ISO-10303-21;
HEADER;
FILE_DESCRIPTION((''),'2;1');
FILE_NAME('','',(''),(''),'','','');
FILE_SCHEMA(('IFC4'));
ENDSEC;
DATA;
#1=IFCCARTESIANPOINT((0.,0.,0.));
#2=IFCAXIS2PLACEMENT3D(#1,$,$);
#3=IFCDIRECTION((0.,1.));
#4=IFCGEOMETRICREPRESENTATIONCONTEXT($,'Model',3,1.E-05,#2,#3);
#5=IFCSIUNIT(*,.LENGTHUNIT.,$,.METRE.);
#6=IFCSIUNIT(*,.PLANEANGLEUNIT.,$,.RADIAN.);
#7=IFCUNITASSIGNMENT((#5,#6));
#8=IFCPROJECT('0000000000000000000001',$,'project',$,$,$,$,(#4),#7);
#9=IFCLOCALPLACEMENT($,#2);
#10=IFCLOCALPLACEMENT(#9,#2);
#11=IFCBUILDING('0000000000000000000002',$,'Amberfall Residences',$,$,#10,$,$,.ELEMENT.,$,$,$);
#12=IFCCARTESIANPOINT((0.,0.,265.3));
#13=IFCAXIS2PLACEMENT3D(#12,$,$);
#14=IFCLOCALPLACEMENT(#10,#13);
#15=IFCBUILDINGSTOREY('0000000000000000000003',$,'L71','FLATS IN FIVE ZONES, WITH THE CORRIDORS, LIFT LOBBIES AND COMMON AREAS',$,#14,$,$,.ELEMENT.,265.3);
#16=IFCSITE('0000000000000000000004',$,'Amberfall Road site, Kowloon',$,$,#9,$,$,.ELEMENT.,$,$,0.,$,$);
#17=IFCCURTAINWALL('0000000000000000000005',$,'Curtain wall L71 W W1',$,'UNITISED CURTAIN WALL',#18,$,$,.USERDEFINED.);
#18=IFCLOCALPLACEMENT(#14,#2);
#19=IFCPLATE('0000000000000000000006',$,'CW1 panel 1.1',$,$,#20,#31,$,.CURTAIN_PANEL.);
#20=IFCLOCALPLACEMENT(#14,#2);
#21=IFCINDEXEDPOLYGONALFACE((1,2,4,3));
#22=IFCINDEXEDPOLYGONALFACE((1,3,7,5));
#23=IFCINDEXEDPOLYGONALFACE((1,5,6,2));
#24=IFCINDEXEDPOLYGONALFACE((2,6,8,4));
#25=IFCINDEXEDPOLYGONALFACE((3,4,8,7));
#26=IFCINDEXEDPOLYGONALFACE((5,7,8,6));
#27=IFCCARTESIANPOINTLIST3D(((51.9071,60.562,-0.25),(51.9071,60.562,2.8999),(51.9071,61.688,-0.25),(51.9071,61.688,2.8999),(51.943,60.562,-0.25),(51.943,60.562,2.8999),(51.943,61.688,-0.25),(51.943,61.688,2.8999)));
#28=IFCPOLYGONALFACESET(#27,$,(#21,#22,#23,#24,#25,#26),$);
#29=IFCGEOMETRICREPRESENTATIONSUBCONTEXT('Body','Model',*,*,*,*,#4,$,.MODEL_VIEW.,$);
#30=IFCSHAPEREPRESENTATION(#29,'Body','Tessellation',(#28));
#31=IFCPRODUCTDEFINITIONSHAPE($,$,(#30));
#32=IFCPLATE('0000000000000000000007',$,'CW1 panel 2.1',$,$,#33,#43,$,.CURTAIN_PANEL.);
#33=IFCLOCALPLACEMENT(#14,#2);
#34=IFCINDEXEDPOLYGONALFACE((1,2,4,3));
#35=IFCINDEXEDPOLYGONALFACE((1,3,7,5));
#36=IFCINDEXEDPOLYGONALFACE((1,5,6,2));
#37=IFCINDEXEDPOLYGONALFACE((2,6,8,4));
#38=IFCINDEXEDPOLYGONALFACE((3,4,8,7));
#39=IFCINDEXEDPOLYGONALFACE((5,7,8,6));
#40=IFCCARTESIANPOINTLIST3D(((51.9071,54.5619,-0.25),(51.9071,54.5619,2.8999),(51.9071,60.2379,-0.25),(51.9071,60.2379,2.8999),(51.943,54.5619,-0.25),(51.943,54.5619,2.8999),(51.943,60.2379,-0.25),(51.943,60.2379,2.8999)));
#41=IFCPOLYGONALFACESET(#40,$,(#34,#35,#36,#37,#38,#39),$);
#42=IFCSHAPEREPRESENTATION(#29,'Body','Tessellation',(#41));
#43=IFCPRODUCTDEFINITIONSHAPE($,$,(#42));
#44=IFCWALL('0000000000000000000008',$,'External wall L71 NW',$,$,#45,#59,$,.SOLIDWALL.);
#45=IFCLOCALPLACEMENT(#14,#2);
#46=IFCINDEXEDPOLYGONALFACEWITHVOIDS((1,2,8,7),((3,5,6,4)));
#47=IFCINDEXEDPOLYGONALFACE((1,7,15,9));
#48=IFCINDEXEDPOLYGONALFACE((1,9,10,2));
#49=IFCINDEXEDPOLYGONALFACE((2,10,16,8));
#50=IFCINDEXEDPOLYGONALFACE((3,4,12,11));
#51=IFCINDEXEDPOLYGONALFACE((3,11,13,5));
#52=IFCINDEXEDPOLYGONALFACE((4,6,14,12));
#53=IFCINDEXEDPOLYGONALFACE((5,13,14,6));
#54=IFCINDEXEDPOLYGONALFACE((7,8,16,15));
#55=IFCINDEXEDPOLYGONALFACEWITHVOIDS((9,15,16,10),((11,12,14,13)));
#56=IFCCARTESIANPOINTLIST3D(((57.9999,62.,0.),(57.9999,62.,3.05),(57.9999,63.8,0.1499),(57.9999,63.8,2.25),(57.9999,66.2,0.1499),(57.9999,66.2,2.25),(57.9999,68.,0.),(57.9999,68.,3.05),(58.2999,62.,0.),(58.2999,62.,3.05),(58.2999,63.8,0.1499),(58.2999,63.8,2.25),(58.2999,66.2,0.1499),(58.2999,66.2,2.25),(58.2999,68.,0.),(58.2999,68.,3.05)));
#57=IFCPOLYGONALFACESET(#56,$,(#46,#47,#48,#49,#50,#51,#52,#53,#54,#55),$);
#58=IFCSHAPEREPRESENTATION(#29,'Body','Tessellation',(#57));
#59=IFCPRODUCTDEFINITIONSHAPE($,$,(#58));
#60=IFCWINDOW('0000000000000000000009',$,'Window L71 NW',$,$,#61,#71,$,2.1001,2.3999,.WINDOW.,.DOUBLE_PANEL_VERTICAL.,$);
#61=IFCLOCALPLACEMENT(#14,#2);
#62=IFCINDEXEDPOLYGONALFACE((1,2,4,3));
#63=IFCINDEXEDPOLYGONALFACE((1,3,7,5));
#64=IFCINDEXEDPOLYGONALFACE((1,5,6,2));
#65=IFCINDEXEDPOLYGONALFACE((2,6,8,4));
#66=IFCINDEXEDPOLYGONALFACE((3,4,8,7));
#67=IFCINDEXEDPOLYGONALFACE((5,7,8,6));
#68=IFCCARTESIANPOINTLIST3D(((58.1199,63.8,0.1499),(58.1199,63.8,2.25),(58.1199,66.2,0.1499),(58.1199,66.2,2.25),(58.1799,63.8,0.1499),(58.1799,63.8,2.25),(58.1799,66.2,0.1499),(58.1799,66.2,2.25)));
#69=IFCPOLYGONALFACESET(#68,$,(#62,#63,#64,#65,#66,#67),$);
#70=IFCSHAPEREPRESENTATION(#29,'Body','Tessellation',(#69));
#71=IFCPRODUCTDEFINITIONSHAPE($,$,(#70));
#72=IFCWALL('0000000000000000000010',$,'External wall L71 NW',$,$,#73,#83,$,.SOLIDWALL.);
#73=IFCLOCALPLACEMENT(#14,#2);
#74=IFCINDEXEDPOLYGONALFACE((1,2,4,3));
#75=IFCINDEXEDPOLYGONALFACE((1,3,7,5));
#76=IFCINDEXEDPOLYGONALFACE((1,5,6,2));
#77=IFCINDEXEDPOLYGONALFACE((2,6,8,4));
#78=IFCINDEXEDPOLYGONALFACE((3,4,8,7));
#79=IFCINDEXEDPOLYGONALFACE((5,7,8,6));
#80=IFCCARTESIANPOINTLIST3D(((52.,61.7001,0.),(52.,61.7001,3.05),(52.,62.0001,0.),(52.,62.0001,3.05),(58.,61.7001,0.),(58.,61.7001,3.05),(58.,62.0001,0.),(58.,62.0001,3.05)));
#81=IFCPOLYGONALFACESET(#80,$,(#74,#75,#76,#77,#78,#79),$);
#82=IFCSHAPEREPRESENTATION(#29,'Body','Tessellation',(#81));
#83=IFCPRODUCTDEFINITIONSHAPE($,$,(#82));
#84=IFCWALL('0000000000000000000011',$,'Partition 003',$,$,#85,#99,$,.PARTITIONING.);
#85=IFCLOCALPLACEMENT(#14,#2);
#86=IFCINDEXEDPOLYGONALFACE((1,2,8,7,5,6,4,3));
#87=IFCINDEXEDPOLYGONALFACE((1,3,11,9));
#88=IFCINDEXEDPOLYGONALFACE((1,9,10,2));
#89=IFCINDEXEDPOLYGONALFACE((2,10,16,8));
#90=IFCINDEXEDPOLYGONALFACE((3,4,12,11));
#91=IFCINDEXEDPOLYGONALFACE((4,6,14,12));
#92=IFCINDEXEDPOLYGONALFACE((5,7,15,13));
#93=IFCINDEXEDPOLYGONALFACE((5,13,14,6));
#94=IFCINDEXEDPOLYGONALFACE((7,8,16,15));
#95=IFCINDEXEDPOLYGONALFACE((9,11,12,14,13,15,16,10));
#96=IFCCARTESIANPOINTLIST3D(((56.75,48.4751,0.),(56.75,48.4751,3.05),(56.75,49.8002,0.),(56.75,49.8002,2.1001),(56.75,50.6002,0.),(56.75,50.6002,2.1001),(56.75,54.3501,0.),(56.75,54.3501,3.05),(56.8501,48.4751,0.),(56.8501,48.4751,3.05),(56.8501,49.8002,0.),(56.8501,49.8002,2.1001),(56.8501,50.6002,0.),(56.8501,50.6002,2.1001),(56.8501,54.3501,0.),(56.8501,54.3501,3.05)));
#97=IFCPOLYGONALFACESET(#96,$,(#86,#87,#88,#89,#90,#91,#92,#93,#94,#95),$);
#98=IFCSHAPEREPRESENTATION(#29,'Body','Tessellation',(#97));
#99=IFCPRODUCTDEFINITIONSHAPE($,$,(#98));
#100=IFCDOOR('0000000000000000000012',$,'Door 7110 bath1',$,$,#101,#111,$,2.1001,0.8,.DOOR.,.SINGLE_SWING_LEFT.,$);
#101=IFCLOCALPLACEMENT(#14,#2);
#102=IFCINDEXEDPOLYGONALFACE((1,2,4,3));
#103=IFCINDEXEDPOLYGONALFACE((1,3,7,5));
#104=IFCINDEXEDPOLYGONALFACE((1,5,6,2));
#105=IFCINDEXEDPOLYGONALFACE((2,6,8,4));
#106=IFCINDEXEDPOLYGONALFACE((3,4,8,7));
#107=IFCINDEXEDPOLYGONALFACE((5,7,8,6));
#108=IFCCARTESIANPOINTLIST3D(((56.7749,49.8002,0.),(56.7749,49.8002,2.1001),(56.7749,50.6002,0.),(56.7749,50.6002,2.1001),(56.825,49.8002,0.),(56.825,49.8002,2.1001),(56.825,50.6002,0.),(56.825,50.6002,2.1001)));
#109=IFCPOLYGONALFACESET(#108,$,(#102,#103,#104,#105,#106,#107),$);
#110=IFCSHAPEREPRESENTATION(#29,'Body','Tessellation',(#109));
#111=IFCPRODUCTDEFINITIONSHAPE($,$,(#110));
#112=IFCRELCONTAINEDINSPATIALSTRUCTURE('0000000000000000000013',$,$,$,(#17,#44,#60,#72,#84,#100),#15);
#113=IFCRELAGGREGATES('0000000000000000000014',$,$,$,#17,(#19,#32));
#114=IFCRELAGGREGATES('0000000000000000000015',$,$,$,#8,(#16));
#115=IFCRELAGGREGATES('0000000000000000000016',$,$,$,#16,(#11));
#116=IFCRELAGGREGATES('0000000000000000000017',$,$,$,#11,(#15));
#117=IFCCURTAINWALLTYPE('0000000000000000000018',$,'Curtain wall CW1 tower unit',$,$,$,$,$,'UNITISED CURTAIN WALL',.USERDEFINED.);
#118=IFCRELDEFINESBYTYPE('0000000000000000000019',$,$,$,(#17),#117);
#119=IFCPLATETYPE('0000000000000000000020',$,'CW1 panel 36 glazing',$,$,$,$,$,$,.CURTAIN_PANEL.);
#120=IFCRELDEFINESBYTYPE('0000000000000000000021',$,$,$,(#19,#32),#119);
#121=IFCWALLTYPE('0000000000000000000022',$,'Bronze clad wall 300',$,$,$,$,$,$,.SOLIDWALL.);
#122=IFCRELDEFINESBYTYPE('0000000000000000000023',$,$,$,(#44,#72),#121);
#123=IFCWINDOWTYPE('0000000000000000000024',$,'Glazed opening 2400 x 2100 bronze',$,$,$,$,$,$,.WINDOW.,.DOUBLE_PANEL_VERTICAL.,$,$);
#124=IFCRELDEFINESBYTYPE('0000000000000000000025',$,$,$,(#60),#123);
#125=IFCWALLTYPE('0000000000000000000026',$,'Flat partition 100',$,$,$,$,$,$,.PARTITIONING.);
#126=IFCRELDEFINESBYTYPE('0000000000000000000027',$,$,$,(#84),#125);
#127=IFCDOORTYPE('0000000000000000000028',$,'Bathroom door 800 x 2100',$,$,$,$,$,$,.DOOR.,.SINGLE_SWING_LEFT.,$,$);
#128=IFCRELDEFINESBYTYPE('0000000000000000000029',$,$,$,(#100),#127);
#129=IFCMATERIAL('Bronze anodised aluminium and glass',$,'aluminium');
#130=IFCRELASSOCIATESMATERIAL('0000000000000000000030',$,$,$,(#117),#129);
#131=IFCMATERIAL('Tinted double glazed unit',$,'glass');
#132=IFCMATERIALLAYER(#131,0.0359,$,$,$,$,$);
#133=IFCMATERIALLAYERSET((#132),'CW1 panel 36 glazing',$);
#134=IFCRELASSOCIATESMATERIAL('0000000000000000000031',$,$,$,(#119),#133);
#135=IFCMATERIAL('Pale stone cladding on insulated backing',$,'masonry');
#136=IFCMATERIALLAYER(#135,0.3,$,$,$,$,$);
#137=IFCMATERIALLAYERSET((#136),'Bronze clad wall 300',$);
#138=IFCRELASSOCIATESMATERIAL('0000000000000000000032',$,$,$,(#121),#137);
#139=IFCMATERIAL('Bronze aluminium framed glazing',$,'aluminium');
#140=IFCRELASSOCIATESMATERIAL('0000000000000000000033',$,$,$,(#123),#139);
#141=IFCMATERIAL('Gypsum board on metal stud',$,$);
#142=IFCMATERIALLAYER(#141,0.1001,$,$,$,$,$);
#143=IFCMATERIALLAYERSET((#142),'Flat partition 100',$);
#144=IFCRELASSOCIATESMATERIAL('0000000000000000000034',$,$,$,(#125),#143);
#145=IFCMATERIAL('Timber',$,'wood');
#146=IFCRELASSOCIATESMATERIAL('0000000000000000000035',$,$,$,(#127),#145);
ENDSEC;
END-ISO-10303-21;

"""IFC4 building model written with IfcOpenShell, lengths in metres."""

from ifc_helpers import new_model, si_unit, direction, frame, frame_2d, origin, origin_2d, place, context, subcontext, project, spatial, rectangle, extrude, material, layer, layer_set, type_object, element, fill, aggregate, save


model = new_model("IFC4")

# Units and contexts
model_context = context("Model", 3, precision=1e-05, world=origin(), true_north=direction((0.0, 1.0)))
body_context = subcontext(model_context, "Body", "Model", "MODEL_VIEW")
ifc_project = project(units=[si_unit("LENGTHUNIT", "METRE"), si_unit("PLANEANGLEUNIT", "RADIAN")], contexts=[model_context])

# Site, building, storey
site_placement = place(None, origin())
site = spatial("IfcSite", under=ifc_project, at=site_placement, Name="Amberfall Road site, Kowloon", CompositionType="ELEMENT", RefElevation=0.0)
building_placement = place(site_placement, origin())
building = spatial("IfcBuilding", under=site, at=building_placement, Name="Amberfall Residences", CompositionType="ELEMENT")
storey_placement = place(building_placement, frame((0.0, 0.0, 265.3)))
storey = spatial("IfcBuildingStorey", under=building, at=storey_placement, Name="L71", Description="FLATS IN FIVE ZONES, WITH THE CORRIDORS, LIFT LOBBIES AND COMMON AREAS", CompositionType="ELEMENT", Elevation=265.3)

# Curtain wall
ifc_material_1 = material(Name="Bronze anodised aluminium and glass", Category="aluminium")
curtain_wall_type = type_object("IfcCurtainWallType", Name="Curtain wall CW1 tower unit", ElementType="UNITISED CURTAIN WALL", PredefinedType="USERDEFINED", material=ifc_material_1)
curtain_wall_1_placement = place(storey_placement, origin())
curtain_wall_1 = element("IfcCurtainWall", 1, at=curtain_wall_1_placement, inside=storey, type_object=curtain_wall_type, Name="Curtain wall L71 W W1", ObjectType="UNITISED CURTAIN WALL", PredefinedType="USERDEFINED")

# Plates
ifc_material_2 = material(Name="Tinted double glazed unit", Category="glass")
ifc_layer_1 = layer(ifc_material_2, 0.0359)
ifc_layer_set_1 = layer_set([ifc_layer_1], Name="CW1 panel 36 glazing")
plate_type = type_object("IfcPlateType", Name="CW1 panel 36 glazing", PredefinedType="CURTAIN_PANEL", material=ifc_layer_set_1)
plate_1_placement = place(storey_placement, frame((51.925, 61.125, -0.25), z_axis=(0.0, 0.0, 1.0), x_axis=(0.0, -1.0, 0.0)))
plate_1 = element("IfcPlate", 2, at=plate_1_placement, type_object=plate_type, Name="CW1 panel 1.1", PredefinedType="CURTAIN_PANEL", context=body_context, shape_type="SweptSolid", body=[
    extrude(rectangle(XDim=1.126, YDim=0.0359, at=origin_2d()), origin(), (0.0, 0.0, 1.0), 3.1499),
])
plate_2_placement = place(storey_placement, frame((51.925, 57.3999, -0.25), z_axis=(0.0, 0.0, 1.0), x_axis=(0.0, -1.0, 0.0)))
plate_2 = element("IfcPlate", 3, at=plate_2_placement, type_object=plate_type, Name="CW1 panel 2.1", PredefinedType="CURTAIN_PANEL", context=body_context, shape_type="SweptSolid", body=[
    extrude(rectangle(XDim=5.676, YDim=0.0359, at=origin_2d()), origin(), (0.0, 0.0, 1.0), 3.1499),
])
aggregate(curtain_wall_1, [plate_1, plate_2])

# Wall, opening, window
ifc_material_3 = material(Name="Pale stone cladding on insulated backing", Category="masonry")
ifc_layer_2 = layer(ifc_material_3, 0.3)
ifc_layer_set_2 = layer_set([ifc_layer_2], Name="Bronze clad wall 300")
wall_type_1 = type_object("IfcWallType", Name="Bronze clad wall 300", PredefinedType="SOLIDWALL", material=ifc_layer_set_2)
wall_1_placement = place(storey_placement, frame((58.1499, 68.0, 0.0), z_axis=(0.0, 0.0, 1.0), x_axis=(0.0, -1.0, 0.0)))
wall_1 = element("IfcWall", 4, at=wall_1_placement, inside=storey, type_object=wall_type_1, Name="External wall L71 NW", PredefinedType="SOLIDWALL", context=body_context, shape_type="SweptSolid", body=[
    extrude(rectangle(XDim=6.0, YDim=0.3, at=frame_2d((3.0, 0.0))), origin(), (0.0, 0.0, 1.0), 3.05),
])
opening_1_placement = place(wall_1_placement, frame((1.8, 0.0, 0.1499)))
opening_1 = element("IfcOpeningElement", 5, at=opening_1_placement, cuts=wall_1, PredefinedType="OPENING", context=body_context, shape_type="SweptSolid", body=[
    extrude(rectangle(XDim=2.3999, YDim=2.1001, at=frame_2d((1.2, 1.05))), frame((0.0, 0.1599, 0.0), z_axis=(0.0, -1.0, 0.0), x_axis=(1.0, 0.0, 0.0)), (0.0, 0.0, 1.0), 0.3201),
])
ifc_material_4 = material(Name="Bronze aluminium framed glazing", Category="aluminium")
window_type = type_object("IfcWindowType", Name="Glazed opening 2400 x 2100 bronze", PartitioningType="DOUBLE_PANEL_VERTICAL", PredefinedType="WINDOW", material=ifc_material_4)
window_placement = place(opening_1_placement, origin())
window = element("IfcWindow", 6, at=window_placement, inside=storey, type_object=window_type, Name="Window L71 NW", OverallHeight=2.1001, OverallWidth=2.3999, PartitioningType="DOUBLE_PANEL_VERTICAL", PredefinedType="WINDOW", context=body_context, shape_type="SweptSolid", body=[
    extrude(rectangle(XDim=2.3999, YDim=2.1001, at=frame_2d((1.2, 1.05))), frame((0.0, 0.03, 0.0), z_axis=(0.0, -1.0, 0.0), x_axis=(1.0, 0.0, 0.0)), (0.0, 0.0, 1.0), 0.0601),
])
fill(opening_1, window)

# Wall
wall_2_placement = place(storey_placement, frame((58.0, 61.8501, 0.0), z_axis=(0.0, 0.0, 1.0), x_axis=(-1.0, 0.0, 0.0)))
element("IfcWall", 7, at=wall_2_placement, inside=storey, type_object=wall_type_1, Name="External wall L71 NW", PredefinedType="SOLIDWALL", context=body_context, shape_type="SweptSolid", body=[
    extrude(rectangle(XDim=6.0, YDim=0.3, at=frame_2d((3.0, 0.0))), origin(), (0.0, 0.0, 1.0), 3.05),
])

# Wall, opening, door
ifc_material_5 = material(Name="Gypsum board on metal stud")
ifc_layer_3 = layer(ifc_material_5, 0.1001)
ifc_layer_set_3 = layer_set([ifc_layer_3], Name="Flat partition 100")
wall_type_2 = type_object("IfcWallType", Name="Flat partition 100", PredefinedType="PARTITIONING", material=ifc_layer_set_3)
wall_3_placement = place(storey_placement, frame((56.8, 54.3501, 0.0), z_axis=(0.0, 0.0, 1.0), x_axis=(0.0, -1.0, 0.0)))
wall_3 = element("IfcWall", 8, at=wall_3_placement, inside=storey, type_object=wall_type_2, Name="Partition 003", PredefinedType="PARTITIONING", context=body_context, shape_type="SweptSolid", body=[
    extrude(rectangle(XDim=5.875, YDim=0.1001, at=frame_2d((2.9375, 0.0))), origin(), (0.0, 0.0, 1.0), 3.05),
])
opening_2_placement = place(wall_3_placement, frame((3.75, 0.0, 0.0)))
opening_2 = element("IfcOpeningElement", 9, at=opening_2_placement, cuts=wall_3, PredefinedType="OPENING", context=body_context, shape_type="SweptSolid", body=[
    extrude(rectangle(XDim=0.8, YDim=2.1001, at=frame_2d((0.3999, 1.05))), frame((0.0, 0.0601, 0.0), z_axis=(0.0, -1.0, 0.0), x_axis=(1.0, 0.0, 0.0)), (0.0, 0.0, 1.0), 0.1201),
])
ifc_material_6 = material(Name="Timber", Category="wood")
door_type = type_object("IfcDoorType", Name="Bathroom door 800 x 2100", OperationType="SINGLE_SWING_LEFT", PredefinedType="DOOR", material=ifc_material_6)
door_placement = place(opening_2_placement, origin())
door = element("IfcDoor", 10, at=door_placement, inside=storey, type_object=door_type, Name="Door 7110 bath1", OperationType="SINGLE_SWING_LEFT", OverallHeight=2.1001, OverallWidth=0.8, PredefinedType="DOOR", context=body_context, shape_type="SweptSolid", body=[
    extrude(rectangle(XDim=0.8, YDim=2.1001, at=frame_2d((0.3999, 1.05))), frame((0.0, 0.0249, 0.0), z_axis=(0.0, -1.0, 0.0), x_axis=(1.0, 0.0, 0.0)), (0.0, 0.0, 1.0), 0.05),
])
fill(opening_2, door)

save(model, "model.ifc")
